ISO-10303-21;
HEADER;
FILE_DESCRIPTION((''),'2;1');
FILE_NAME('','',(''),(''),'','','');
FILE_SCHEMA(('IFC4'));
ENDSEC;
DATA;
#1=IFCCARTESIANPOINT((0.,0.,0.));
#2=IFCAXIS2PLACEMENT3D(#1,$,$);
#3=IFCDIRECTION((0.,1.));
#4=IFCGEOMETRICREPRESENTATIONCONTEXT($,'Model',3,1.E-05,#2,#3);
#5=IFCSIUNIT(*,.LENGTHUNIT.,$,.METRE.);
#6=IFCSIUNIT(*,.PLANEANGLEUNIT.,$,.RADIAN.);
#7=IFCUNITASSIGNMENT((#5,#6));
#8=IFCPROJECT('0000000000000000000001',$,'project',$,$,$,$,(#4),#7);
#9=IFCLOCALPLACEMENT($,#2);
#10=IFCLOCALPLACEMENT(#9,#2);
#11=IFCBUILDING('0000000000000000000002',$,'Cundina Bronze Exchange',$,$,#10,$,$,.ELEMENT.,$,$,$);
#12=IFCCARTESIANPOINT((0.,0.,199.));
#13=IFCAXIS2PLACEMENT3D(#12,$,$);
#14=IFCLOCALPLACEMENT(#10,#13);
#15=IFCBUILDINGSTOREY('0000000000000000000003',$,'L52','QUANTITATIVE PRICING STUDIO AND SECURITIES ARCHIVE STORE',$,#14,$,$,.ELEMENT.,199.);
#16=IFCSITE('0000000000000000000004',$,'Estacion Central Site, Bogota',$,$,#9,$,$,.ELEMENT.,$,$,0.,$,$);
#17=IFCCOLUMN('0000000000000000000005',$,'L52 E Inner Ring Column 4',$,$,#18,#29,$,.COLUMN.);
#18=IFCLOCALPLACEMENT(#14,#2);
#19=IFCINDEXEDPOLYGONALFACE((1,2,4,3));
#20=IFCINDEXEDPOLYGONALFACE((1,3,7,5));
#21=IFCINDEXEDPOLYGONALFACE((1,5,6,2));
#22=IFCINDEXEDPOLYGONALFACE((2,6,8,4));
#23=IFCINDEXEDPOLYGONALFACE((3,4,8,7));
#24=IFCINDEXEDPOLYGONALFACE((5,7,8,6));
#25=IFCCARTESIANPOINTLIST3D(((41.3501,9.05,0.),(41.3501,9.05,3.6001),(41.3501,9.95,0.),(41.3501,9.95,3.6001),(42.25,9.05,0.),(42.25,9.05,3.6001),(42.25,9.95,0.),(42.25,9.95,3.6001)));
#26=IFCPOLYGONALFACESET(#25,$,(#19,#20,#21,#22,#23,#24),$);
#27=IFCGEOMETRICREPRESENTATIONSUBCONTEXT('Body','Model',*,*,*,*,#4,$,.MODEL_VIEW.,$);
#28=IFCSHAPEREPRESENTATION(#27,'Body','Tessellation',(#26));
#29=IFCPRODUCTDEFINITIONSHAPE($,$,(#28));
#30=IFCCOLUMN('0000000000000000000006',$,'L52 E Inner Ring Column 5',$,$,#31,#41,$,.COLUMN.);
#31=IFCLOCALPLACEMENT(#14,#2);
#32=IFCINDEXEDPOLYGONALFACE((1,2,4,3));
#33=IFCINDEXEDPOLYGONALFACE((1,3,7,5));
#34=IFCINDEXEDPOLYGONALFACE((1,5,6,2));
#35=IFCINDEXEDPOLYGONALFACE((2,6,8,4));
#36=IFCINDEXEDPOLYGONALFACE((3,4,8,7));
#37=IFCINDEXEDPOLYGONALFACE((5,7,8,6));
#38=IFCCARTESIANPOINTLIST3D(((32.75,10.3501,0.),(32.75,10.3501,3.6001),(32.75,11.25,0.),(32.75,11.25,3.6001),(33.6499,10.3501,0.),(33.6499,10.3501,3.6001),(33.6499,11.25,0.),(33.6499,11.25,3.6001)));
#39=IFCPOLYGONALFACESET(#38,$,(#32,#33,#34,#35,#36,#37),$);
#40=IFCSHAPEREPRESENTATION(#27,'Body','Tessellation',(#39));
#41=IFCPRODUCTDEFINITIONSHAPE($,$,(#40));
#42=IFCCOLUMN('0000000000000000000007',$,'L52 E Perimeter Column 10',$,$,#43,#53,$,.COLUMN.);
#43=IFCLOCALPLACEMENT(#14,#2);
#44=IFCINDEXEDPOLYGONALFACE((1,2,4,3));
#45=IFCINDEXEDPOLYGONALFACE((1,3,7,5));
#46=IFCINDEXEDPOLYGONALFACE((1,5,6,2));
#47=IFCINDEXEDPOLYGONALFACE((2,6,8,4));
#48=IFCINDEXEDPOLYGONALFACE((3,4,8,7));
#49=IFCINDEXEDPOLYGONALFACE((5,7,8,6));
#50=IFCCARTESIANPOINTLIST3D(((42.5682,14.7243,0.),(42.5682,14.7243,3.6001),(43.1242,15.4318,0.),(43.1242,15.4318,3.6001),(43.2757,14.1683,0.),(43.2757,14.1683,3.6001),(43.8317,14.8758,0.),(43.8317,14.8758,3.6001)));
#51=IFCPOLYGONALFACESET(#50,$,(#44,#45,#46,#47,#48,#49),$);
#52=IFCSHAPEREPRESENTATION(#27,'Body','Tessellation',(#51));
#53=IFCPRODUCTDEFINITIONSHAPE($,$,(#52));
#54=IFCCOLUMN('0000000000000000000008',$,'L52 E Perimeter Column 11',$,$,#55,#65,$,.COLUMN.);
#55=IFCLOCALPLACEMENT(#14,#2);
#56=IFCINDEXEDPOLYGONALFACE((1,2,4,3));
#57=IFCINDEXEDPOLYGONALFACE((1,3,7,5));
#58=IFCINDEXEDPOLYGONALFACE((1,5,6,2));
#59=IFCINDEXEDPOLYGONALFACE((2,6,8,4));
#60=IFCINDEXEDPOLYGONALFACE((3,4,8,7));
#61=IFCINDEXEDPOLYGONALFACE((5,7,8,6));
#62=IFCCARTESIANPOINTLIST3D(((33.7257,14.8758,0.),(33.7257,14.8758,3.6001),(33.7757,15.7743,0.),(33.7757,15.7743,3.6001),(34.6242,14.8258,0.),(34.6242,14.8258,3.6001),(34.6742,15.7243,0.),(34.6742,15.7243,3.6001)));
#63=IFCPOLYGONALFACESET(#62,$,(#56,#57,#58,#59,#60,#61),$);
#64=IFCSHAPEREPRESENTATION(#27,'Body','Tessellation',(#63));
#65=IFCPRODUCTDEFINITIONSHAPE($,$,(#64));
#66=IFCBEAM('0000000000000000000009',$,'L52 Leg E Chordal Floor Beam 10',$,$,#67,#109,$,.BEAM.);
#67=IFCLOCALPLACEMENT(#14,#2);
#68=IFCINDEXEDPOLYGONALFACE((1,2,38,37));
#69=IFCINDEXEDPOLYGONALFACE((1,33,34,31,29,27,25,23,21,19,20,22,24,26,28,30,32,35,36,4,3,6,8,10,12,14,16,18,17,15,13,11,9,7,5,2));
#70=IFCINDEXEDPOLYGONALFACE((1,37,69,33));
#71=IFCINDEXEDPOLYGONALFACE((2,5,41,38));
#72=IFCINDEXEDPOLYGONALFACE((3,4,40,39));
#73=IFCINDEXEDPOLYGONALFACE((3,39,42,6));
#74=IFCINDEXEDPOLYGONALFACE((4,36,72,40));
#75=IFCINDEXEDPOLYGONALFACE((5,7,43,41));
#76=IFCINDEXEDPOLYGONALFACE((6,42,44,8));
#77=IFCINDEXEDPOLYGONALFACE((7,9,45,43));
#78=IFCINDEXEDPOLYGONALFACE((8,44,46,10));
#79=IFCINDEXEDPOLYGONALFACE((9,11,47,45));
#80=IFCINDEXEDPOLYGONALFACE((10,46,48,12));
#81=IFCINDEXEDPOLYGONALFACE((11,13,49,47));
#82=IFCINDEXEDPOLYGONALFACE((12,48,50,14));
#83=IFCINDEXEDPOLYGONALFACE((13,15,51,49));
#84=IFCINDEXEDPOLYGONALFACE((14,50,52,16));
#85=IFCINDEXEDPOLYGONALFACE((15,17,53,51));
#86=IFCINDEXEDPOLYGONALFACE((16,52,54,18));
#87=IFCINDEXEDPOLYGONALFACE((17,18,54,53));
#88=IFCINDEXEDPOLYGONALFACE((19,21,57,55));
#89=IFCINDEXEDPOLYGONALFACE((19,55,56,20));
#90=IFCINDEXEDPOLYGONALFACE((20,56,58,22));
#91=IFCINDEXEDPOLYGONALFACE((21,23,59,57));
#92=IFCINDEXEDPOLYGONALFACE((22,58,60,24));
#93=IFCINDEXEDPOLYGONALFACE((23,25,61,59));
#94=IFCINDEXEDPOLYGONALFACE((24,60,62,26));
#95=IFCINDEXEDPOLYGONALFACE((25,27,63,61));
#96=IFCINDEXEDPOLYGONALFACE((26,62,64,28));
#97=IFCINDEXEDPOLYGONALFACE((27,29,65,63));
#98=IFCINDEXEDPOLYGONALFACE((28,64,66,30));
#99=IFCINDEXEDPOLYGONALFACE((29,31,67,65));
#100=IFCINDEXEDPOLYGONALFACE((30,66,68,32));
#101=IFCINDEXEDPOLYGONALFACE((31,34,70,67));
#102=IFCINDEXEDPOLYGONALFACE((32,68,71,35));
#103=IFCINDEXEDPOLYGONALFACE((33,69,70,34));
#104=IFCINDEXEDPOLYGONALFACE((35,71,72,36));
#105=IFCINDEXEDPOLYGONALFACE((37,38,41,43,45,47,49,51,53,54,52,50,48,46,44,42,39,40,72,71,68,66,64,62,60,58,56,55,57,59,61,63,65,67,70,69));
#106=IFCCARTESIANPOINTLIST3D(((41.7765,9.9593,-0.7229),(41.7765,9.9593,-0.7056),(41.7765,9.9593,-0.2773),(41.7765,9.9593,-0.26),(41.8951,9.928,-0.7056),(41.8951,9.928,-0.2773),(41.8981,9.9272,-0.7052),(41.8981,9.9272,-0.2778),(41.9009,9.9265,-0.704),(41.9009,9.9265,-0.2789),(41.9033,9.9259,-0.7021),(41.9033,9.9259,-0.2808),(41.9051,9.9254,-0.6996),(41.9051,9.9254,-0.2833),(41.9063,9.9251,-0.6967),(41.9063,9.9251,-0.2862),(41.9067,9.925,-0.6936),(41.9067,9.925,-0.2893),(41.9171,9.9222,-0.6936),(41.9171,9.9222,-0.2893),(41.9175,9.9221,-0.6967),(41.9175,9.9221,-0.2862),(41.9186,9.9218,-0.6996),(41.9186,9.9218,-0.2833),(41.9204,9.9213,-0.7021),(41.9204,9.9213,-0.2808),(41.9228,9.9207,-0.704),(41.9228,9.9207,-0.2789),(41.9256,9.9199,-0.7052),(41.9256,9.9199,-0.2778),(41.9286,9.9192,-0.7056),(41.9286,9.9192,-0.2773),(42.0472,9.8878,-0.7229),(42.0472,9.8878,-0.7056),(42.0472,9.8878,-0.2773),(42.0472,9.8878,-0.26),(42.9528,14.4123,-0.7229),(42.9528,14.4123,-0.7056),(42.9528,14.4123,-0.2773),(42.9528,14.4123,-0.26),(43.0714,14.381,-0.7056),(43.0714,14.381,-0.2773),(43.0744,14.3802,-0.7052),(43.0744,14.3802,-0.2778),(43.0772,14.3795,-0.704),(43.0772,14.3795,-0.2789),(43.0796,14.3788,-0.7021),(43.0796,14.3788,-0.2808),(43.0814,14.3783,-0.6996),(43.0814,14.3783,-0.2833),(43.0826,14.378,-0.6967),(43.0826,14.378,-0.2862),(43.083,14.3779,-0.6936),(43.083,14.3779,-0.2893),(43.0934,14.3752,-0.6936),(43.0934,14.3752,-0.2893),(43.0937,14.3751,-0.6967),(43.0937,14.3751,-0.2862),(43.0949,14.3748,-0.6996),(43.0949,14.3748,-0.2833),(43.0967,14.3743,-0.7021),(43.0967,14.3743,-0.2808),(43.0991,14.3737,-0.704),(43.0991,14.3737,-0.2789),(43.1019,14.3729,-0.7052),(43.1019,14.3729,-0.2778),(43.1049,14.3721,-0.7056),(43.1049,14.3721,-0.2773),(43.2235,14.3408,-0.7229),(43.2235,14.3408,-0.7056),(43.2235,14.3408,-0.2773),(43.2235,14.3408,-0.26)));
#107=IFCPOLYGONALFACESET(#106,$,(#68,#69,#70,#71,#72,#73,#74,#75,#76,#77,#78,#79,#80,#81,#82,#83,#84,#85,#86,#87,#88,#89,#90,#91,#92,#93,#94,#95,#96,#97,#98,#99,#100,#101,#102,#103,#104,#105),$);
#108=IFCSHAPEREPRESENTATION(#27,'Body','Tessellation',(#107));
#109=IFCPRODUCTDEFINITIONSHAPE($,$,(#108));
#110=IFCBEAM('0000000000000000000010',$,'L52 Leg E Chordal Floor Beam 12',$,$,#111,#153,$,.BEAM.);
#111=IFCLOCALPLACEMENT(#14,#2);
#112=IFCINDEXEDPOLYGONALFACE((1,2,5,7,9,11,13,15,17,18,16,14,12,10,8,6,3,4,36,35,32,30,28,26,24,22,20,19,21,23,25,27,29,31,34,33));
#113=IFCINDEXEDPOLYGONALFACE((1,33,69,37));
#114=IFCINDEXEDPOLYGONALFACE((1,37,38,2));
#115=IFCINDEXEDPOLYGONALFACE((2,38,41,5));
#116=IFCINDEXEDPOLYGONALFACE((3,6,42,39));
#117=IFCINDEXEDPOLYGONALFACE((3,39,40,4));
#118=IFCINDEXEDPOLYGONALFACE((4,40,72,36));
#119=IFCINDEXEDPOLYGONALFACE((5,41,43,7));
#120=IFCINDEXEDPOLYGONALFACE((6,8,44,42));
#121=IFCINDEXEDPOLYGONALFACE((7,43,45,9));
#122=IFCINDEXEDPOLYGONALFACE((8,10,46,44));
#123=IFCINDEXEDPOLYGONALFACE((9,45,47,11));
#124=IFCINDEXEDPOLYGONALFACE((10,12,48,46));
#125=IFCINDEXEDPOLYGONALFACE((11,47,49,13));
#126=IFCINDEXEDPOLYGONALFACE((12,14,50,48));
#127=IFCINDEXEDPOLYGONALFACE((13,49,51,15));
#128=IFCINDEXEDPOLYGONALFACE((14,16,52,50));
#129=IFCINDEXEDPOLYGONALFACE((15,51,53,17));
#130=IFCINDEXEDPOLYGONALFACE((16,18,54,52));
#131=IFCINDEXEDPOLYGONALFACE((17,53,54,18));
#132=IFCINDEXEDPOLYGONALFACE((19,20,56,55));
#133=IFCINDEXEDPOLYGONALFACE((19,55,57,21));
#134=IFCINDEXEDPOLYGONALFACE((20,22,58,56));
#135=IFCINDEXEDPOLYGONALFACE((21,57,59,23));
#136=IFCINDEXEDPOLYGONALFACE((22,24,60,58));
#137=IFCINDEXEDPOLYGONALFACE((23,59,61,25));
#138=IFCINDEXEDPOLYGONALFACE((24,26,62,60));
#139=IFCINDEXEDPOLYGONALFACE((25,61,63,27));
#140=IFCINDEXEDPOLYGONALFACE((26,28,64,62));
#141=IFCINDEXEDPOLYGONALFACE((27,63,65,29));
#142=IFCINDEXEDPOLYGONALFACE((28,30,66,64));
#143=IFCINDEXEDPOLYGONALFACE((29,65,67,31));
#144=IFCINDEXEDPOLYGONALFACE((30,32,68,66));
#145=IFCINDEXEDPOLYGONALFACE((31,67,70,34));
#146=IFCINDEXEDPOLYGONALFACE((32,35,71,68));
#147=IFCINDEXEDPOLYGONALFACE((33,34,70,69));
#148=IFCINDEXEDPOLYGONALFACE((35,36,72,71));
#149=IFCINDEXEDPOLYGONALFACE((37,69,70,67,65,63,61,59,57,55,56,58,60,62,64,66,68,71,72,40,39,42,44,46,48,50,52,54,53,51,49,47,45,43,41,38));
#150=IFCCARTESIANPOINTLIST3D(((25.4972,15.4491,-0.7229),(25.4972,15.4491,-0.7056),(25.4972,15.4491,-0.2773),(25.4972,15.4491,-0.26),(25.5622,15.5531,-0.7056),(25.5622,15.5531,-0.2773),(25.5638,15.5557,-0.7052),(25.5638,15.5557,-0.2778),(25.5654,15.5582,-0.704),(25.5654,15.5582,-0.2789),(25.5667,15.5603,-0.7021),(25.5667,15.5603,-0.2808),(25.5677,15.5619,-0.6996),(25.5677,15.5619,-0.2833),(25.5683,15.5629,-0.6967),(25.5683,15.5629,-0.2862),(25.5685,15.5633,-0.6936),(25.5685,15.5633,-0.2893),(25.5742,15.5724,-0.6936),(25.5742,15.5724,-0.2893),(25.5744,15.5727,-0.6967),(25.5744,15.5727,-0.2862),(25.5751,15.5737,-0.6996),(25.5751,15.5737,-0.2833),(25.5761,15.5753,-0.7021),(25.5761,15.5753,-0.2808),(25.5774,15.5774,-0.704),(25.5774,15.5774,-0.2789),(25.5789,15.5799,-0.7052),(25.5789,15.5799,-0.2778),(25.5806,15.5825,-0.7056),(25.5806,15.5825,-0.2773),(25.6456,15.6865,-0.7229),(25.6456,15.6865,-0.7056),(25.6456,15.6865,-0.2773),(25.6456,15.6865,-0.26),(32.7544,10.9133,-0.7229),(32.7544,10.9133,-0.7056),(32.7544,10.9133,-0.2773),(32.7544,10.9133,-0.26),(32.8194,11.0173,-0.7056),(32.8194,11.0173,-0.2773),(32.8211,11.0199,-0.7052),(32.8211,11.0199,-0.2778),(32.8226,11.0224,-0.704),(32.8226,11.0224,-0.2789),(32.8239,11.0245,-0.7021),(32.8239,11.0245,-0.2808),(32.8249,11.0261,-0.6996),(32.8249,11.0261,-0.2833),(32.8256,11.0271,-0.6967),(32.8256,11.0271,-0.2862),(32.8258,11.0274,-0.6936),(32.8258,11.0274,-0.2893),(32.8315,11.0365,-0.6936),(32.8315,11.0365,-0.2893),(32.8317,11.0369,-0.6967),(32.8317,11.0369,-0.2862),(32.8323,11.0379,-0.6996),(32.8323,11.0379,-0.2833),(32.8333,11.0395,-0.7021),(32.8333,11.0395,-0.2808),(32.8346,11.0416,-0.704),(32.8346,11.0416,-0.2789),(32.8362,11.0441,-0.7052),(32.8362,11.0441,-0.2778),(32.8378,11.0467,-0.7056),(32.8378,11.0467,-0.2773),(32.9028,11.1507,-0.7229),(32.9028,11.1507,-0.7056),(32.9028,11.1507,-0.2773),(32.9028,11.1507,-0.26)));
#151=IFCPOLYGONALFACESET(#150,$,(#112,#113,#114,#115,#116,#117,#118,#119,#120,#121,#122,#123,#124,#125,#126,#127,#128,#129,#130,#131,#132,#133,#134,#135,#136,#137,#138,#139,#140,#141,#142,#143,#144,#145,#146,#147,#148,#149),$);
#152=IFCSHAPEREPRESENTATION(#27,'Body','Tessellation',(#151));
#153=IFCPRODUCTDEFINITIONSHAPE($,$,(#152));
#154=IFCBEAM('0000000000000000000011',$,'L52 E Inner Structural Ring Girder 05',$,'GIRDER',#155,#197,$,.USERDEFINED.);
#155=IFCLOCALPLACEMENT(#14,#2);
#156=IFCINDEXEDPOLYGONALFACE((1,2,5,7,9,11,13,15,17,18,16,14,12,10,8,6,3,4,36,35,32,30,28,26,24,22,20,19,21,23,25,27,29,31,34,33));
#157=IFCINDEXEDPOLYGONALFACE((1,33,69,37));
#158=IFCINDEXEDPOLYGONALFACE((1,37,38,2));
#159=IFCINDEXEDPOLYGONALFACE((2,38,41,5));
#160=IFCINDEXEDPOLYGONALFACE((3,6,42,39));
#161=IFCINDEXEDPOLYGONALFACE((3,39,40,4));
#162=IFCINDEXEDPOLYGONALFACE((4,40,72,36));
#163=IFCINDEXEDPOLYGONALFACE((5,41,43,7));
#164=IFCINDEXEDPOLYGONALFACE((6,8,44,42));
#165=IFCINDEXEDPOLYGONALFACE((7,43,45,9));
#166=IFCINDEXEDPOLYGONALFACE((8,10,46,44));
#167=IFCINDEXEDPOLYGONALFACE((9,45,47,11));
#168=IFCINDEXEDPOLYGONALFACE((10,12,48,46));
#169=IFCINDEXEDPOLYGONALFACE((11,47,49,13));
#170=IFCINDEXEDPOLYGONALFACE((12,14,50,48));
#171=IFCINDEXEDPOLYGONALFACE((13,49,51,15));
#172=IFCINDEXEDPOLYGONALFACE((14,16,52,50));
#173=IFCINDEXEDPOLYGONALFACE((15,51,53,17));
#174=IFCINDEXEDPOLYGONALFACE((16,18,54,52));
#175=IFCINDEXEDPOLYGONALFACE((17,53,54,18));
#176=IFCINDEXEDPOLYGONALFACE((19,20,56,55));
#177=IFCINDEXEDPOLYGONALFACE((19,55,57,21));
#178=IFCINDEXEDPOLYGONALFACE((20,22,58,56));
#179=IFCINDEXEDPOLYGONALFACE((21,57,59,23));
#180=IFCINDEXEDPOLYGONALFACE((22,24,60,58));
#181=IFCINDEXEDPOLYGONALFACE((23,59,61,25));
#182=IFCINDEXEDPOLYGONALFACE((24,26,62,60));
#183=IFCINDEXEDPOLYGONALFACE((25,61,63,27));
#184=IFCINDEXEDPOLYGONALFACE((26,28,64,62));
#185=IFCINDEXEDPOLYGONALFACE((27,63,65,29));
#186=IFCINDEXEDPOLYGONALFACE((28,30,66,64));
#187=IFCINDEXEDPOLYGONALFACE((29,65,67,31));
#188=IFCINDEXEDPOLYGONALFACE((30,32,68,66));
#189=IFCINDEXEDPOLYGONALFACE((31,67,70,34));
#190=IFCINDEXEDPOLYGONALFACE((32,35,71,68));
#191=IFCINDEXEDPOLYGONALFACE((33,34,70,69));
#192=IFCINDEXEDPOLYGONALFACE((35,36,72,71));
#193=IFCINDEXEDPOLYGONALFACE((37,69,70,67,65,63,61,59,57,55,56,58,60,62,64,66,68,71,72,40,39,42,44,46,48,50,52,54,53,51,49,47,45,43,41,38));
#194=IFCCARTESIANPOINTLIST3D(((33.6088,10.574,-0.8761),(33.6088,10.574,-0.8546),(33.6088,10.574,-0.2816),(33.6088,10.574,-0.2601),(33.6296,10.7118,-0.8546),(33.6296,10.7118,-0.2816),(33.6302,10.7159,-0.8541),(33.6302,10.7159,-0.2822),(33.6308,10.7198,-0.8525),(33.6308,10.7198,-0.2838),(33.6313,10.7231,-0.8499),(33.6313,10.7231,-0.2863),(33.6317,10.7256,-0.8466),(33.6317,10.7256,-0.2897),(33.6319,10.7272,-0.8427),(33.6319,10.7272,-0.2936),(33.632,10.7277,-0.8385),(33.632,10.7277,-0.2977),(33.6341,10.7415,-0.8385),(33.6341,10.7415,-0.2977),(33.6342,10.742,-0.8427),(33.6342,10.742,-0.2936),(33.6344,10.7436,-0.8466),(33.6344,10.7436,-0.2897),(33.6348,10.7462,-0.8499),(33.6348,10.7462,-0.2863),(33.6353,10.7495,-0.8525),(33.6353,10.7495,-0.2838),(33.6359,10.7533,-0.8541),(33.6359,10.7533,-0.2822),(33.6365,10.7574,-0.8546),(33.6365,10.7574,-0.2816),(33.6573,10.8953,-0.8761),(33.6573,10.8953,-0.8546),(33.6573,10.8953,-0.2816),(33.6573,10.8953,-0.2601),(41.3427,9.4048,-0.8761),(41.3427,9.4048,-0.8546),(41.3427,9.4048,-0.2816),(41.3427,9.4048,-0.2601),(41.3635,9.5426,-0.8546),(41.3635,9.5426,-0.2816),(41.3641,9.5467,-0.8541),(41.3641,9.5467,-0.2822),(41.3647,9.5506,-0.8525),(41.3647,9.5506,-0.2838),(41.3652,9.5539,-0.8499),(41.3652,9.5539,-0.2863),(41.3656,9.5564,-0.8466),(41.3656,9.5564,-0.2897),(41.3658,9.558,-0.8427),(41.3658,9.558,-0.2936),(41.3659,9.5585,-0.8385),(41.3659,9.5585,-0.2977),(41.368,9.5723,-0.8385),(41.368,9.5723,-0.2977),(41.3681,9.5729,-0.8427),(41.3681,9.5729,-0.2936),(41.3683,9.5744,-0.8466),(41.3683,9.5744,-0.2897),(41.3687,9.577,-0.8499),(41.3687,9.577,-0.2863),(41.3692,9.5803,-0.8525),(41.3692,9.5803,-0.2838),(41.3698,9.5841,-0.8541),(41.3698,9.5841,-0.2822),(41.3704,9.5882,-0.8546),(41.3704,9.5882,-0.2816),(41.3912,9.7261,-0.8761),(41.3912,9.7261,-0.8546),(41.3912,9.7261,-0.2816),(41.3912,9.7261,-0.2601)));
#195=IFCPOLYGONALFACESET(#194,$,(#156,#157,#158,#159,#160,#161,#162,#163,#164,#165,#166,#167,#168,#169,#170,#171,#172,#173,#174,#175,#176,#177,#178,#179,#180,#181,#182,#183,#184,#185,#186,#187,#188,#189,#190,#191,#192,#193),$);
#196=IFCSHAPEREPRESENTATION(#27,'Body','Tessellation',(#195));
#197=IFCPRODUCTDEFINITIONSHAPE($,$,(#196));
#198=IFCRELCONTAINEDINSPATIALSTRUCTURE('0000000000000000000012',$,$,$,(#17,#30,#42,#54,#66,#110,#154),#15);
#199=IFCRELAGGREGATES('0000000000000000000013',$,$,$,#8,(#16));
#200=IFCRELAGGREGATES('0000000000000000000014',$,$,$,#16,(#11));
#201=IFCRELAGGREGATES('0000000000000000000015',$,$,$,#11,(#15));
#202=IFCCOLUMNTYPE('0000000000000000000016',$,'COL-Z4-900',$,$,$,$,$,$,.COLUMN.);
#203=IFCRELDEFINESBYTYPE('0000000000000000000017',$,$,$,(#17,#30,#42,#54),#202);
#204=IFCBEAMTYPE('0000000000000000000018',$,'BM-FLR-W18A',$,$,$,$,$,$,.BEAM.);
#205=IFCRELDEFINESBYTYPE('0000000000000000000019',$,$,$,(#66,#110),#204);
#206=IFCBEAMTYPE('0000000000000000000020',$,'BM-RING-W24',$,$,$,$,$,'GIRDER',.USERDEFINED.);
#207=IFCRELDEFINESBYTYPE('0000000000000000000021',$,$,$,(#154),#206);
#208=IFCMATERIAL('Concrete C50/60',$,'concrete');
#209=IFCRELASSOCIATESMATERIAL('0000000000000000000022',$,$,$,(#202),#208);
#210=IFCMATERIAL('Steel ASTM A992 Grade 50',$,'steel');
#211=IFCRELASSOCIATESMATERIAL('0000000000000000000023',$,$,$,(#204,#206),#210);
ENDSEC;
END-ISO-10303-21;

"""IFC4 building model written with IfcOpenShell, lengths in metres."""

from ifc_helpers import new_model, si_unit, direction, frame, origin, origin_2d, place, context, subcontext, project, spatial, rectangle, i_section, extrude, material, material_profile, profile_set, type_object, element, save


model = new_model("IFC4")

# Units and contexts
model_context = context("Model", 3, precision=1e-05, world=origin(), true_north=direction((0.0, 1.0)))
body_context = subcontext(model_context, "Body", "Model", "MODEL_VIEW")
ifc_project = project(units=[si_unit("LENGTHUNIT", "METRE"), si_unit("PLANEANGLEUNIT", "RADIAN")], contexts=[model_context])

# Site, building, storey
site_placement = place(None, origin())
site = spatial("IfcSite", under=ifc_project, at=site_placement, Name="Estacion Central Site, Bogota", CompositionType="ELEMENT", RefElevation=0.0)
building_placement = place(site_placement, origin())
building = spatial("IfcBuilding", under=site, at=building_placement, Name="Cundina Bronze Exchange", CompositionType="ELEMENT")
storey_placement = place(building_placement, frame((0.0, 0.0, 199.0)))
storey = spatial("IfcBuildingStorey", under=building, at=storey_placement, Name="L52", Description="QUANTITATIVE PRICING STUDIO AND SECURITIES ARCHIVE STORE", CompositionType="ELEMENT", Elevation=199.0)

# Columns
ifc_material_1 = material(Name="Concrete C50/60", Category="concrete")
ifc_material_profile_1 = material_profile(ifc_material_1, rectangle(XDim=0.8999, YDim=0.8999, at=origin_2d()), Name="RC900X900", Category="concrete")
ifc_profile_set_1 = profile_set([ifc_material_profile_1], Name="Concrete C50/60")
column_type = type_object("IfcColumnType", Name="COL-Z4-900", PredefinedType="COLUMN", material=ifc_profile_set_1)
for number, where, z_axis, x_axis, name in (
    (1, (41.8, 9.5, 0.0), (0.0, 0.0, 1.0), (1.0, 0.0, 0.0), "L52 E Inner Ring Column 4"),
    (2, (33.2, 10.8, 0.0), (0.0, 0.0, 1.0), (1.0, 0.0, 0.0), "L52 E Inner Ring Column 5"),
    (3, (43.2, 14.8, 0.0), (0.0, 0.0, 1.0), (-0.786288, 0.61786, 0.0), "L52 E Perimeter Column 10"),
    (4, (34.2, 15.3, 0.0), (0.0, 0.0, 1.0), (-0.99846, 0.055473, 0.0), "L52 E Perimeter Column 11"),
):
    element("IfcColumn", number, at=place(storey_placement, frame(where, z_axis=z_axis, x_axis=x_axis)), inside=storey, type_object=column_type, Name=name, PredefinedType="COLUMN", context=body_context, shape_type="SweptSolid", body=[
        extrude(rectangle(XDim=0.8999, YDim=0.8999, at=origin_2d()), origin(), (0.0, 0.0, 1.0), 3.6001),
    ])

# Beams
ifc_material_2 = material(Name="Steel ASTM A992 Grade 50", Category="steel")
ifc_material_profile_2 = material_profile(ifc_material_2, i_section(OverallWidth=0.28, OverallDepth=0.4629, WebThickness=0.0107, FlangeThickness=0.0173, FilletRadius=0.012, at=origin_2d()), Name="W18X76", Category="steel")
ifc_profile_set_2 = profile_set([ifc_material_profile_2], Name="Steel ASTM A992 Grade 50")
beam_type_1 = type_object("IfcBeamType", Name="BM-FLR-W18A", PredefinedType="BEAM", material=ifc_profile_set_2)
beam_1_placement = place(storey_placement, frame((41.9119, 9.9236, -0.4915), z_axis=(0.255399, 0.966836, 0.0), x_axis=(-0.966836, 0.255399, 0.0)))
element("IfcBeam", 5, at=beam_1_placement, inside=storey, type_object=beam_type_1, Name="L52 Leg E Chordal Floor Beam 10", PredefinedType="BEAM", context=body_context, shape_type="SweptSolid", body=[
    extrude(i_section(OverallWidth=0.28, OverallDepth=0.4629, WebThickness=0.0107, FlangeThickness=0.0173, FilletRadius=0.012, at=origin_2d()), origin(), (0.0, 0.0, 1.0), 4.6057),
])
beam_2_placement = place(storey_placement, frame((32.8286, 11.032, -0.4915), z_axis=(-0.847995, 0.530004, 0.0), x_axis=(-0.530004, -0.847995, 0.0)))
element("IfcBeam", 6, at=beam_2_placement, inside=storey, type_object=beam_type_1, Name="L52 Leg E Chordal Floor Beam 12", PredefinedType="BEAM", context=body_context, shape_type="SweptSolid", body=[
    extrude(i_section(OverallWidth=0.28, OverallDepth=0.4629, WebThickness=0.0107, FlangeThickness=0.0173, FilletRadius=0.012, at=origin_2d()), origin(), (0.0, 0.0, 1.0), 8.5581),
])
ifc_material_profile_3 = material_profile(ifc_material_2, i_section(OverallWidth=0.325, OverallDepth=0.616, WebThickness=0.0139, FlangeThickness=0.0215, FilletRadius=0.0161, at=origin_2d()), Name="W24X117", Category="steel")
ifc_profile_set_3 = profile_set([ifc_material_profile_3], Name="Steel ASTM A992 Grade 50")
beam_type_2 = type_object("IfcBeamType", Name="BM-RING-W24", ElementType="GIRDER", PredefinedType="USERDEFINED", material=ifc_profile_set_3)
beam_3_placement = place(storey_placement, frame((41.3669, 9.5654, -0.5681), z_axis=(-0.988765, 0.149479, 0.0), x_axis=(-0.149479, -0.988765, 0.0)))
element("IfcBeam", 7, at=beam_3_placement, inside=storey, type_object=beam_type_2, Name="L52 E Inner Structural Ring Girder 05", ObjectType="GIRDER", PredefinedType="USERDEFINED", context=body_context, shape_type="SweptSolid", body=[
    extrude(i_section(OverallWidth=0.325, OverallDepth=0.616, WebThickness=0.0139, FlangeThickness=0.0215, FilletRadius=0.0161, at=origin_2d()), origin(), (0.0, 0.0, 1.0), 7.8218),
])

save(model, "model.ifc")
